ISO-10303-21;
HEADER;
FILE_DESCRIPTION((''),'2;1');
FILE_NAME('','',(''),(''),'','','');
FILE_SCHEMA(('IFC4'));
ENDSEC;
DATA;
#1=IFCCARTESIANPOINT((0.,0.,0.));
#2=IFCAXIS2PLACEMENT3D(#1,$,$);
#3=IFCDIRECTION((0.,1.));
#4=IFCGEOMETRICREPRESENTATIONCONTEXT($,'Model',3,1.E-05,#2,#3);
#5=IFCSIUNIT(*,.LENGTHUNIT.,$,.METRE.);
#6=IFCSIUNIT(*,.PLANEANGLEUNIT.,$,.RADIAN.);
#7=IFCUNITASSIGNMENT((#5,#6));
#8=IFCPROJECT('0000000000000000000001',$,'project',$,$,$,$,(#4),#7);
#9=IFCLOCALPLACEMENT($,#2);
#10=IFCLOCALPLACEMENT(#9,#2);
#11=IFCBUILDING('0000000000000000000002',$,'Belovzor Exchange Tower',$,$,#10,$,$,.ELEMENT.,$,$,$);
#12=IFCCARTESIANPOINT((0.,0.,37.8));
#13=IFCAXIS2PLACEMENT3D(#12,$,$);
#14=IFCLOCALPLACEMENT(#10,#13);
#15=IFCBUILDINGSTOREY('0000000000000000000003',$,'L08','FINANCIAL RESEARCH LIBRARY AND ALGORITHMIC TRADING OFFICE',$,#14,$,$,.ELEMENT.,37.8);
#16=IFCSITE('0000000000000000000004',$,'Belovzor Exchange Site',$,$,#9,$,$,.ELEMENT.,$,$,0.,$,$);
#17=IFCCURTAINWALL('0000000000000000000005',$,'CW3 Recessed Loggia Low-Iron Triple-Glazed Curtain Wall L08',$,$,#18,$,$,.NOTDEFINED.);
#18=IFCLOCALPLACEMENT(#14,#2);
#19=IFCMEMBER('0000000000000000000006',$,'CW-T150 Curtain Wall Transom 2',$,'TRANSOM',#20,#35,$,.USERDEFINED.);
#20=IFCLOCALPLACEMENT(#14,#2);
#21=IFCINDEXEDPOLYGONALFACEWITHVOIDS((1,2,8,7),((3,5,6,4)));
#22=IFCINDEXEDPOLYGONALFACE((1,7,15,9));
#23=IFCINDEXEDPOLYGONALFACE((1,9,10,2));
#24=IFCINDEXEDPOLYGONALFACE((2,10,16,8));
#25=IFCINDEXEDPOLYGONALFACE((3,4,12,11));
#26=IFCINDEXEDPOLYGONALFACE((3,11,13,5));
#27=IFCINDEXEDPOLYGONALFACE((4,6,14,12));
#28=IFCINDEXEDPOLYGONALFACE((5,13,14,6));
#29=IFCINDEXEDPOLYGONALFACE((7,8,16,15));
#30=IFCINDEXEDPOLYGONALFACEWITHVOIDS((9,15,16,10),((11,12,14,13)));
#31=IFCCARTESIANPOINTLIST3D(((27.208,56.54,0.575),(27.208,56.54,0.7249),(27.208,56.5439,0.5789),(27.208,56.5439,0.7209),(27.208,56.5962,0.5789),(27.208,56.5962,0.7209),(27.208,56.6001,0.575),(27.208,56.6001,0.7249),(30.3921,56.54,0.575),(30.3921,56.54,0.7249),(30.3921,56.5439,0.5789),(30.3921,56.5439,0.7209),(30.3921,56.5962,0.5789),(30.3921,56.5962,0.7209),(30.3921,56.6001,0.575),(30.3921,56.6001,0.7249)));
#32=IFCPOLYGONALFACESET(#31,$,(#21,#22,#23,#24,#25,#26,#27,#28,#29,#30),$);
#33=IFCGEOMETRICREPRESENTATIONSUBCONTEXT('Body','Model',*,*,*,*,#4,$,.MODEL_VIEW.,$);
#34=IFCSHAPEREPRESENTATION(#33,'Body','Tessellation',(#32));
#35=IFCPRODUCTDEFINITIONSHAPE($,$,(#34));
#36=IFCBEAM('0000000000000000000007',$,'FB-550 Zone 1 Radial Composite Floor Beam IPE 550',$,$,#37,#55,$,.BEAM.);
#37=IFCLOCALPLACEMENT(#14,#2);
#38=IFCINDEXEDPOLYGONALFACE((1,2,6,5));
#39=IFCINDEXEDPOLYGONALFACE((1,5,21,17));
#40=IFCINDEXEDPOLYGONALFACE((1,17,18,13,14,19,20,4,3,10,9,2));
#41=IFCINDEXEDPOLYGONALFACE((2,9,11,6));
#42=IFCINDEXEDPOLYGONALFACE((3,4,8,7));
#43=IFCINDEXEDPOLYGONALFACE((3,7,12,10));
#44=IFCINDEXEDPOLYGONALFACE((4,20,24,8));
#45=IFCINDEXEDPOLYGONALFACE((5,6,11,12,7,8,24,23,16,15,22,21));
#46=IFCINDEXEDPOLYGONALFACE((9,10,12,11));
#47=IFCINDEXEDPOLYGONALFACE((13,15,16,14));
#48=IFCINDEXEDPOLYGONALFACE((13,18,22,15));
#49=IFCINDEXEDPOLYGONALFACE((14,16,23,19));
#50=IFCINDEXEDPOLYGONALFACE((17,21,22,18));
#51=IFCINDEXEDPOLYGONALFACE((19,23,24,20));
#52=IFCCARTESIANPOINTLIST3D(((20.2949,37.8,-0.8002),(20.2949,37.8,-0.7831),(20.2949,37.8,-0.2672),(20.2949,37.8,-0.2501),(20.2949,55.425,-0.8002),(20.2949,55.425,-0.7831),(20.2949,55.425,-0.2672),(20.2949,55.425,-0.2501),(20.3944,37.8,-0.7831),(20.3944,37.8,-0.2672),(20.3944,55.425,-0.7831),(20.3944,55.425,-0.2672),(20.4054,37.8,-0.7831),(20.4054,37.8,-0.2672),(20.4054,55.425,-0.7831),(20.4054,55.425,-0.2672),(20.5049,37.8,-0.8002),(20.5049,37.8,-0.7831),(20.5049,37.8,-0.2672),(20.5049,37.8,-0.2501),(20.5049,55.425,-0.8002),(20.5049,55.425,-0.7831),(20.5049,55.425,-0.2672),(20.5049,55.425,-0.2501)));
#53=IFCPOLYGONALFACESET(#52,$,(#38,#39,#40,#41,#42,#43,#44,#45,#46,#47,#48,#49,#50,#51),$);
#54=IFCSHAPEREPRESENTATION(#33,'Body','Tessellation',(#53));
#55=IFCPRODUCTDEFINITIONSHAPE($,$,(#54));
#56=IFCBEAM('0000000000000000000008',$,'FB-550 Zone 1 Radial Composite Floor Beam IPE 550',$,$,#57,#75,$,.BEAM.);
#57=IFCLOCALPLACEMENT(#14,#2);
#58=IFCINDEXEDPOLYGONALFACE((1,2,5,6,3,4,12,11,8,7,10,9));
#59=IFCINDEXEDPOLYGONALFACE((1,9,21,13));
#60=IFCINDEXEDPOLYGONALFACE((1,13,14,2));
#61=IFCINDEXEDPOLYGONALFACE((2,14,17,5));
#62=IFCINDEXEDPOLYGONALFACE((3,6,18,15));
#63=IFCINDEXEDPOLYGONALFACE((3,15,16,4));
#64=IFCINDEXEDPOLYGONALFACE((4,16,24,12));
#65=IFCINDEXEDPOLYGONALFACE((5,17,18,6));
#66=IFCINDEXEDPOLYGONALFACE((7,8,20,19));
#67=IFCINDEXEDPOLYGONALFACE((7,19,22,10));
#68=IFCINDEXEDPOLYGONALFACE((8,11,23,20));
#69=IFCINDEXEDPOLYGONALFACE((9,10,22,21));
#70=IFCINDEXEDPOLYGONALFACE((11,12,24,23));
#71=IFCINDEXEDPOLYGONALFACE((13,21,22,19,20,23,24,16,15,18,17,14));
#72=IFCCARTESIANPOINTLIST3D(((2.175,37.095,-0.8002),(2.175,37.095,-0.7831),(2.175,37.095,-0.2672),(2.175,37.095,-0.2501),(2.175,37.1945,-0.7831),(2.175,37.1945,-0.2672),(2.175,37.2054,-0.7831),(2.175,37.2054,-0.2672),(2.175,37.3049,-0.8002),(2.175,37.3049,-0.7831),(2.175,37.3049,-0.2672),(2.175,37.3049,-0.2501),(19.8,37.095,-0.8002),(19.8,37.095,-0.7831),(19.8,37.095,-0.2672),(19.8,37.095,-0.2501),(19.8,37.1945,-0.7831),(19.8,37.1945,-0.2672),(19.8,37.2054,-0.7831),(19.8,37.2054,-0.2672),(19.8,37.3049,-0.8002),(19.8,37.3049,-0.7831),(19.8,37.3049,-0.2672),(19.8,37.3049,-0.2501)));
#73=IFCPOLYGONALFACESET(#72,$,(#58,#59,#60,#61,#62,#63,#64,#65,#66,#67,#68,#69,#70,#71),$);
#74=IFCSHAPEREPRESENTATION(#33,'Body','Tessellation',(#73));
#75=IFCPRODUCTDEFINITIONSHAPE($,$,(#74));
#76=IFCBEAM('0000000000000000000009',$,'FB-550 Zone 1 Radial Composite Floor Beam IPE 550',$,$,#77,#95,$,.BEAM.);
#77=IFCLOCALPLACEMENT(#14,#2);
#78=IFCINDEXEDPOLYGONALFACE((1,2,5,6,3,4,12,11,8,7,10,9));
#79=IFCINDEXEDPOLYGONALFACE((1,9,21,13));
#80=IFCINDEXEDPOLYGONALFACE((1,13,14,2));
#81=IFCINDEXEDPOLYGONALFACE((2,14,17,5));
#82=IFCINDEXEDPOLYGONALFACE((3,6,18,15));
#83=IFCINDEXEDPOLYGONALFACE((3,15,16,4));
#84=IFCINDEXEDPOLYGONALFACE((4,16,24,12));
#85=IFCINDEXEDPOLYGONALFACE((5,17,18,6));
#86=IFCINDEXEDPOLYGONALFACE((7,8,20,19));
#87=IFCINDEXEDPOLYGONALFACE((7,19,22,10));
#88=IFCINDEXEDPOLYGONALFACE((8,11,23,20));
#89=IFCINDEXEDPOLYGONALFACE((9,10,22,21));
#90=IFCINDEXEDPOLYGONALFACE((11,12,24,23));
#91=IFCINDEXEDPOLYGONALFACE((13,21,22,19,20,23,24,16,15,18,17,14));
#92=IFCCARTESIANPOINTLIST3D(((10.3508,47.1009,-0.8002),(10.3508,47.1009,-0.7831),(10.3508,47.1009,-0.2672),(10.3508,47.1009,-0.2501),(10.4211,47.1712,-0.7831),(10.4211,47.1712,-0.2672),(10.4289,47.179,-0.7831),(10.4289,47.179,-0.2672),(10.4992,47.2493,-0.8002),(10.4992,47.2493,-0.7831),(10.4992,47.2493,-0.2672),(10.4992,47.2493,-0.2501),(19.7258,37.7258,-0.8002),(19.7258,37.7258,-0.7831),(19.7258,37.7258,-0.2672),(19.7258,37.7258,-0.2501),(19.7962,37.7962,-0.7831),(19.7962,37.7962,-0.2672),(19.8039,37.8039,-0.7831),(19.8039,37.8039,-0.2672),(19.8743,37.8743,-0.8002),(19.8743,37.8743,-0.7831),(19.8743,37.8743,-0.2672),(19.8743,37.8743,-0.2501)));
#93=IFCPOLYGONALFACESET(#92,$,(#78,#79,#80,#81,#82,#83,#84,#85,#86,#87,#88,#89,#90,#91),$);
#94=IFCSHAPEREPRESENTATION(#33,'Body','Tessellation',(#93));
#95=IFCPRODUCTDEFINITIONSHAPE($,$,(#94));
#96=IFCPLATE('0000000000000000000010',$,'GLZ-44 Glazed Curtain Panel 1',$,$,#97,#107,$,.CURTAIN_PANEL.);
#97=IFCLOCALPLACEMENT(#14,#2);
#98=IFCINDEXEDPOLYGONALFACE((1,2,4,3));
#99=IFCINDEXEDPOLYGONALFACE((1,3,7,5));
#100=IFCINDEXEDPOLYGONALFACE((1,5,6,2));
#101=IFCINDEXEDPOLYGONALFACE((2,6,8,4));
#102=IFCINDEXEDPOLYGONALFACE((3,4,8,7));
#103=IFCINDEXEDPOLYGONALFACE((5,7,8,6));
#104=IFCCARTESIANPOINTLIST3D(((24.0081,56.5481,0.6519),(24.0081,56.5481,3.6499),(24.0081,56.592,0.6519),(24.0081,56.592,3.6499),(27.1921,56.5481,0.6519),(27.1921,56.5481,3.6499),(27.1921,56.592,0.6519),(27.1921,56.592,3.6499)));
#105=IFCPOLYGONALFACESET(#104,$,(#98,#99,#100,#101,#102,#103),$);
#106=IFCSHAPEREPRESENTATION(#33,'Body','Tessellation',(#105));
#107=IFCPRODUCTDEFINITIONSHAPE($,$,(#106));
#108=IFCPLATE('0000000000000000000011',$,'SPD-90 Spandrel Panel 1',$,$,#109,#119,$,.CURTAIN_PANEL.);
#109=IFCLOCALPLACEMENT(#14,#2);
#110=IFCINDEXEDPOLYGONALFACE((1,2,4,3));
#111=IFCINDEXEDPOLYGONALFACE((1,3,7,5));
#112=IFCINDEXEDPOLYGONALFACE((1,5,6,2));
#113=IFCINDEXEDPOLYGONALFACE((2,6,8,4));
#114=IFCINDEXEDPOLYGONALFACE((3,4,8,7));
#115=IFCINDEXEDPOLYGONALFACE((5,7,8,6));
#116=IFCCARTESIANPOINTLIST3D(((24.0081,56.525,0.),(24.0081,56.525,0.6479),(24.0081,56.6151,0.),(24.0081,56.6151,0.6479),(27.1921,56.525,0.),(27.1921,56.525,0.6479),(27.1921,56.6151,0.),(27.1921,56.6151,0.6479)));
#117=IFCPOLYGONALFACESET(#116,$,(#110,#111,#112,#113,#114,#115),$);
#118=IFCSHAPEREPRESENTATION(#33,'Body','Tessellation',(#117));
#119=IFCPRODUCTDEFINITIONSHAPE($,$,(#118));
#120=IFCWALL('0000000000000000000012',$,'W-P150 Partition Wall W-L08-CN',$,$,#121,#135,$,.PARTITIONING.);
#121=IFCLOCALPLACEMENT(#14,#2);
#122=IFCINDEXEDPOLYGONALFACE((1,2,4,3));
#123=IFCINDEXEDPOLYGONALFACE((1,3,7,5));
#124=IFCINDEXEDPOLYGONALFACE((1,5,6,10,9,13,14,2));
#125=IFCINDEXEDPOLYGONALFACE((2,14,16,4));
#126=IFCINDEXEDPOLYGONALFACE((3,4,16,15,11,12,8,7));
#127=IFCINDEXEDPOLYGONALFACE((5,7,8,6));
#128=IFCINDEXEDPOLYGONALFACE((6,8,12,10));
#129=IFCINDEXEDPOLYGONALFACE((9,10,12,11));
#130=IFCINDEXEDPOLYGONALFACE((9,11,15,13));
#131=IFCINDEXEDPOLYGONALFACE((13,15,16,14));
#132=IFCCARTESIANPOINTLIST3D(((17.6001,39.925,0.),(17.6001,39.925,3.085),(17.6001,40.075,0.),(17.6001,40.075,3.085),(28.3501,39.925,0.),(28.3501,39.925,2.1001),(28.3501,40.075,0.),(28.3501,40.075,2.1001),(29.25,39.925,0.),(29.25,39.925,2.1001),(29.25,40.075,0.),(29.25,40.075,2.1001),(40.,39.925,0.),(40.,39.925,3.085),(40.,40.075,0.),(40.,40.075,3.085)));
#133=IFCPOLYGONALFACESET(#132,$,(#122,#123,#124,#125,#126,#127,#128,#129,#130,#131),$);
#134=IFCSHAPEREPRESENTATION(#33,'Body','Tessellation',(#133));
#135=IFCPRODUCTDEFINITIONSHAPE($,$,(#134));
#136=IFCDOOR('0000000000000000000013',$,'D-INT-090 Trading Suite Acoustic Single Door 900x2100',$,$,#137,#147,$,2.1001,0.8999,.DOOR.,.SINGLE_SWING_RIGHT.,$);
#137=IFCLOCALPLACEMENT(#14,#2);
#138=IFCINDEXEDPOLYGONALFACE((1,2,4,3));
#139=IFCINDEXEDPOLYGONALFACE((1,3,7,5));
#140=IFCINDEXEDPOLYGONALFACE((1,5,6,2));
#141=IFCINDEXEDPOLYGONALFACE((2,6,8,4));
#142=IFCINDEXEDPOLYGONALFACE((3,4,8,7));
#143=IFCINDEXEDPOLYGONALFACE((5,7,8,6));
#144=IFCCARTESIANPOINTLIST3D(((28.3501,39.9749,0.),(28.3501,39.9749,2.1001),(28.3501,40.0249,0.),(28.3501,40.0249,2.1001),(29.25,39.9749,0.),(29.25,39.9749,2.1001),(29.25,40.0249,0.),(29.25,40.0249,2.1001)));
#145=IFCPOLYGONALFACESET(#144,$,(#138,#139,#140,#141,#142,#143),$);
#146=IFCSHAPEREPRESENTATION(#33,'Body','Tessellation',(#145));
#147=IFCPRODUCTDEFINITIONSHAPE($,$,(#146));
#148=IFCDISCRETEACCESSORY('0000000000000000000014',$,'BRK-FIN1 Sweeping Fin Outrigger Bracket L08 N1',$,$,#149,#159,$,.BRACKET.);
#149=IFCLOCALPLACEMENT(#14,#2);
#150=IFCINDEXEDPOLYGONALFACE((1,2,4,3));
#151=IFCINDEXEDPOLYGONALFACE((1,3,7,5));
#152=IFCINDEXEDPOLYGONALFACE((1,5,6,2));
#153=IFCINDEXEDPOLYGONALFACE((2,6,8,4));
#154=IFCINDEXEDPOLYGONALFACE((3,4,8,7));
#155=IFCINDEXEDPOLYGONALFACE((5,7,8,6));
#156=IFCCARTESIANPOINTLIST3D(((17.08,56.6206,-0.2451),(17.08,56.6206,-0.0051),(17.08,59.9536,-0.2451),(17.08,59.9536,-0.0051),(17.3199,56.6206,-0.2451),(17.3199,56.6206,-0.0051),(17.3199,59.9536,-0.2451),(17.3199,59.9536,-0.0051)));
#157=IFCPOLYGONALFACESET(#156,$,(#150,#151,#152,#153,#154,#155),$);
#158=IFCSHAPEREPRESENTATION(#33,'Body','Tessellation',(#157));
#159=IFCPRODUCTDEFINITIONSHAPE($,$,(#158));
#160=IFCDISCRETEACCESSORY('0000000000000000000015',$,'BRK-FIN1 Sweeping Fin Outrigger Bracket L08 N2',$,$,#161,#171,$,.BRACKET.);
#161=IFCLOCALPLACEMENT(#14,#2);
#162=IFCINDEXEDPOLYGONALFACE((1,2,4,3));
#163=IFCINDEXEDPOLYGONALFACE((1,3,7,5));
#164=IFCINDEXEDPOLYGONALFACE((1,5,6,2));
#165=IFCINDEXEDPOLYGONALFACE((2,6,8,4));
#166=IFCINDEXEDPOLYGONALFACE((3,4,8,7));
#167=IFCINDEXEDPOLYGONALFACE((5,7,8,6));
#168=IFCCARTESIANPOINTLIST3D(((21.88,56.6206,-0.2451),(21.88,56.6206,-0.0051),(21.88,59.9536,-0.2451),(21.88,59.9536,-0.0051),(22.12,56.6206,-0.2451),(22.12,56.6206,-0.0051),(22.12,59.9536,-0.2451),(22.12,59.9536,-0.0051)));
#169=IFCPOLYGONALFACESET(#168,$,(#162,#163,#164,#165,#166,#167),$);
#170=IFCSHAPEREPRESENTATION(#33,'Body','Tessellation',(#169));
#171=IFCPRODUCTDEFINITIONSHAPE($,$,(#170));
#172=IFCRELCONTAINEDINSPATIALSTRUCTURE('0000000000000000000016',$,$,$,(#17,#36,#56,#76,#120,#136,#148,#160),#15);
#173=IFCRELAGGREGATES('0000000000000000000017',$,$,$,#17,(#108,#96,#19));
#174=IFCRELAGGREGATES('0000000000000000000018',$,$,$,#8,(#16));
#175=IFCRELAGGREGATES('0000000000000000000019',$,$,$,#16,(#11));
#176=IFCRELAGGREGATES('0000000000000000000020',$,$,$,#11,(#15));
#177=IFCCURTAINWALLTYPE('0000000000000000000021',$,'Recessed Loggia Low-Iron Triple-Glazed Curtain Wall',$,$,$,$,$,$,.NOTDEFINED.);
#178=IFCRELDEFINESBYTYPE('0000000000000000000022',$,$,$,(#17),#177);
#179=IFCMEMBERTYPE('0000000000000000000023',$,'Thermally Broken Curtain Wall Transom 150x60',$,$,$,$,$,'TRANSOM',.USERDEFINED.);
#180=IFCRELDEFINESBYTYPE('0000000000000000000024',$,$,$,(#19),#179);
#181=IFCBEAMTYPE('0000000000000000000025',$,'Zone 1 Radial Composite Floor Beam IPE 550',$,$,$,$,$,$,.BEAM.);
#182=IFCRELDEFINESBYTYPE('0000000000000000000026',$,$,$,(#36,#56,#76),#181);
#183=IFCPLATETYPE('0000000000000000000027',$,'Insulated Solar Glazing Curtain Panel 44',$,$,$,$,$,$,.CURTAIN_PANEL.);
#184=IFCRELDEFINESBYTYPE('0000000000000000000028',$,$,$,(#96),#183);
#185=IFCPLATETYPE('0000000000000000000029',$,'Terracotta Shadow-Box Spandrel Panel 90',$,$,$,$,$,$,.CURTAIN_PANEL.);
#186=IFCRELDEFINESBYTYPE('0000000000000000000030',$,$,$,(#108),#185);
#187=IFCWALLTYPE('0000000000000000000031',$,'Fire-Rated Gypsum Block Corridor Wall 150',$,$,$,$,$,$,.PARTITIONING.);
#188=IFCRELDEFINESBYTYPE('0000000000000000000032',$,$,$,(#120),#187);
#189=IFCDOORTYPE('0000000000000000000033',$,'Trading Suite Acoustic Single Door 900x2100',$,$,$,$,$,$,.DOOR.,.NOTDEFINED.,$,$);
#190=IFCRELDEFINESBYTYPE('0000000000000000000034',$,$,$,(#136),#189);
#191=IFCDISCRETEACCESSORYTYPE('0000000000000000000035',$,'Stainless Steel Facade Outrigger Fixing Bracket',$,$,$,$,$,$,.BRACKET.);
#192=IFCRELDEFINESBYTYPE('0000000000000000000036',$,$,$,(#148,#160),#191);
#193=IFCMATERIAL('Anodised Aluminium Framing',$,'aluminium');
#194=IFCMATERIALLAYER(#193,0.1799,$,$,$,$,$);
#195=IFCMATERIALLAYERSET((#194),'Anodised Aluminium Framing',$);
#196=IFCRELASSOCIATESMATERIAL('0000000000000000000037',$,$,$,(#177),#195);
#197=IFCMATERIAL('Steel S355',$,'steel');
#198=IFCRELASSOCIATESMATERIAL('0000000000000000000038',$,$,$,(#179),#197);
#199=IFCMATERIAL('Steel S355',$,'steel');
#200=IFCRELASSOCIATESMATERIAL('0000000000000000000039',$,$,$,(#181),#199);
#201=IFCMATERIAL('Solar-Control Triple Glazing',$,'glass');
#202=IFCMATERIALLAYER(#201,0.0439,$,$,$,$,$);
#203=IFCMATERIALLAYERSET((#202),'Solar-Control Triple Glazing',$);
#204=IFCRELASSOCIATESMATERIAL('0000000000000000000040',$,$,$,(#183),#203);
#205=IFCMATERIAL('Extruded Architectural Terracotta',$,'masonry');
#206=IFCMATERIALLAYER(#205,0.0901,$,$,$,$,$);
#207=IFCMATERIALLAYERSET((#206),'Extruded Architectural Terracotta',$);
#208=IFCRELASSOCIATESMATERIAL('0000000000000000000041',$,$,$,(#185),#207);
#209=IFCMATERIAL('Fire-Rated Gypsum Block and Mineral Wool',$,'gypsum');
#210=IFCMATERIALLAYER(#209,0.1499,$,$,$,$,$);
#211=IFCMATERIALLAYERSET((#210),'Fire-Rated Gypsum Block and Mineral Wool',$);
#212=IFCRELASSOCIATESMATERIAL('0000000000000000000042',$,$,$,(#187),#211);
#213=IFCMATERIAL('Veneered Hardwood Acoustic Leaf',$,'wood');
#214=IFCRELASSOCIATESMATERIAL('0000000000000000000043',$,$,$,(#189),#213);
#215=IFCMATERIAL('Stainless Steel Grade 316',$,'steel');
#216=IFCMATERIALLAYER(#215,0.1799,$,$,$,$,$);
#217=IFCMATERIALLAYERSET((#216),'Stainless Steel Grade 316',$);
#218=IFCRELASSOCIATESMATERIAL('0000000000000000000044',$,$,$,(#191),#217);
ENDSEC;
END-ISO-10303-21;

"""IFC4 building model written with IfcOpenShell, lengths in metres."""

from ifc_helpers import new_model, si_unit, direction, frame, frame_2d, origin, origin_2d, place, context, subcontext, project, spatial, rectangle, hollow_rectangle, i_section, extrude, material, layer, layer_set, material_profile, profile_set, type_object, element, fill, aggregate, save


model = new_model("IFC4")

# Units and contexts
model_context = context("Model", 3, precision=1e-05, world=origin(), true_north=direction((0.0, 1.0)))
body_context = subcontext(model_context, "Body", "Model", "MODEL_VIEW")
ifc_project = project(units=[si_unit("LENGTHUNIT", "METRE"), si_unit("PLANEANGLEUNIT", "RADIAN")], contexts=[model_context])

# Site, building, storey
site_placement = place(None, origin())
site = spatial("IfcSite", under=ifc_project, at=site_placement, Name="Belovzor Exchange Site", CompositionType="ELEMENT", RefElevation=0.0)
building_placement = place(site_placement, origin())
building = spatial("IfcBuilding", under=site, at=building_placement, Name="Belovzor Exchange Tower", CompositionType="ELEMENT")
storey_placement = place(building_placement, frame((0.0, 0.0, 37.8)))
storey = spatial("IfcBuildingStorey", under=building, at=storey_placement, Name="L08", Description="FINANCIAL RESEARCH LIBRARY AND ALGORITHMIC TRADING OFFICE", CompositionType="ELEMENT", Elevation=37.8)

# Curtain wall, member
ifc_material_1 = material(Name="Anodised Aluminium Framing", Category="aluminium")
ifc_layer_1 = layer(ifc_material_1, 0.1799)
ifc_layer_set_1 = layer_set([ifc_layer_1], Name="Anodised Aluminium Framing")
curtain_wall_type = type_object("IfcCurtainWallType", Name="Recessed Loggia Low-Iron Triple-Glazed Curtain Wall", PredefinedType="NOTDEFINED", material=ifc_layer_set_1)
curtain_wall_placement = place(storey_placement, origin())
curtain_wall = element("IfcCurtainWall", 1, at=curtain_wall_placement, inside=storey, type_object=curtain_wall_type, Name="CW3 Recessed Loggia Low-Iron Triple-Glazed Curtain Wall L08", PredefinedType="NOTDEFINED")
ifc_material_2 = material(Name="Steel S355", Category="steel")
ifc_material_profile_1 = material_profile(ifc_material_2, hollow_rectangle(XDim=0.0601, YDim=0.1499, WallThickness=0.0039, at=origin_2d()))
ifc_profile_set_1 = profile_set([ifc_material_profile_1], Name="Steel S355")
member_type_1 = type_object("IfcMemberType", Name="Thermally Broken Curtain Wall Transom 150x60", ElementType="TRANSOM", PredefinedType="USERDEFINED", material=ifc_profile_set_1)
member_1_placement = place(storey_placement, frame((27.208, 56.5701, 0.6499), z_axis=(1.0, 0.0, 0.0), x_axis=(0.0, 1.0, 0.0)))
member_1 = element("IfcMember", 2, at=member_1_placement, type_object=member_type_1, Name="CW-T150 Curtain Wall Transom 2", ObjectType="TRANSOM", PredefinedType="USERDEFINED", context=body_context, shape_type="SweptSolid", body=[
    extrude(hollow_rectangle(XDim=0.0601, YDim=0.1499, WallThickness=0.0039, at=origin_2d()), origin(), (0.0, 0.0, 1.0), 3.1841),
])

# Beams
ifc_material_3 = material(Name="Steel S355", Category="steel")
ifc_material_profile_2 = material_profile(ifc_material_3, i_section(OverallWidth=0.21, OverallDepth=0.55, WebThickness=0.011, FlangeThickness=0.0171, at=origin_2d()))
ifc_profile_set_2 = profile_set([ifc_material_profile_2], Name="Steel S355")
beam_type_1 = type_object("IfcBeamType", Name="Zone 1 Radial Composite Floor Beam IPE 550", PredefinedType="BEAM", material=ifc_profile_set_2)
for number, where, z_axis, x_axis, name in (
    (3, (20.3999, 37.8, -0.5251), (0.0, 1.0, 0.0), (-1.0, 0.0, 0.0), "FB-550 Zone 1 Radial Composite Floor Beam IPE 550"),
    (4, (19.8, 37.2, -0.5251), (-1.0, 0.0, 0.0), (0.0, -1.0, 0.0), "FB-550 Zone 1 Radial Composite Floor Beam IPE 550"),
):
    element("IfcBeam", number, at=place(storey_placement, frame(where, z_axis=z_axis, x_axis=x_axis)), inside=storey, type_object=beam_type_1, Name=name, PredefinedType="BEAM", context=body_context, shape_type="SweptSolid", body=[
        extrude(i_section(OverallWidth=0.21, OverallDepth=0.55, WebThickness=0.011, FlangeThickness=0.0171, at=origin_2d()), origin(), (0.0, 0.0, 1.0), 17.625),
    ])
beam_1_placement = place(storey_placement, frame((19.8, 37.8, -0.5251), z_axis=(-0.707107, 0.707107, 0.0), x_axis=(-0.707107, -0.707107, 0.0)))
element("IfcBeam", 5, at=beam_1_placement, inside=storey, type_object=beam_type_1, Name="FB-550 Zone 1 Radial Composite Floor Beam IPE 550", PredefinedType="BEAM", context=body_context, shape_type="SweptSolid", body=[
    extrude(i_section(OverallWidth=0.21, OverallDepth=0.55, WebThickness=0.011, FlangeThickness=0.0171, at=origin_2d()), origin(), (0.0, 0.0, 1.0), 13.2583),
])

# Plates
ifc_material_4 = material(Name="Solar-Control Triple Glazing", Category="glass")
ifc_layer_2 = layer(ifc_material_4, 0.0439)
ifc_layer_set_2 = layer_set([ifc_layer_2], Name="Solar-Control Triple Glazing")
plate_type_1 = type_object("IfcPlateType", Name="Insulated Solar Glazing Curtain Panel 44", PredefinedType="CURTAIN_PANEL", material=ifc_layer_set_2)
plate_1_placement = place(storey_placement, frame((25.6001, 56.5701, 0.6519), z_axis=(0.0, 0.0, 1.0), x_axis=(1.0, 0.0, 0.0)))
plate_1 = element("IfcPlate", 6, at=plate_1_placement, type_object=plate_type_1, Name="GLZ-44 Glazed Curtain Panel 1", PredefinedType="CURTAIN_PANEL", context=body_context, shape_type="SweptSolid", body=[
    extrude(rectangle(XDim=3.1841, YDim=0.0439, at=origin_2d()), origin(), (0.0, 0.0, 1.0), 2.998),
])
ifc_material_5 = material(Name="Extruded Architectural Terracotta", Category="masonry")
ifc_layer_3 = layer(ifc_material_5, 0.0901)
ifc_layer_set_3 = layer_set([ifc_layer_3], Name="Extruded Architectural Terracotta")
plate_type_2 = type_object("IfcPlateType", Name="Terracotta Shadow-Box Spandrel Panel 90", PredefinedType="CURTAIN_PANEL", material=ifc_layer_set_3)
plate_2_placement = place(storey_placement, frame((25.6001, 56.5701, 0.0), z_axis=(0.0, 0.0, 1.0), x_axis=(1.0, 0.0, 0.0)))
plate_2 = element("IfcPlate", 7, at=plate_2_placement, type_object=plate_type_2, Name="SPD-90 Spandrel Panel 1", PredefinedType="CURTAIN_PANEL", context=body_context, shape_type="SweptSolid", body=[
    extrude(rectangle(XDim=3.1841, YDim=0.0901, at=origin_2d()), origin(), (0.0, 0.0, 1.0), 0.6479),
])
aggregate(curtain_wall, [plate_2, plate_1, member_1])

# Wall, opening, door
ifc_material_6 = material(Name="Fire-Rated Gypsum Block and Mineral Wool", Category="gypsum")
ifc_layer_4 = layer(ifc_material_6, 0.1499)
ifc_layer_set_4 = layer_set([ifc_layer_4], Name="Fire-Rated Gypsum Block and Mineral Wool")
wall_type_1 = type_object("IfcWallType", Name="Fire-Rated Gypsum Block Corridor Wall 150", PredefinedType="PARTITIONING", material=ifc_layer_set_4)
wall_1_placement = place(storey_placement, frame((17.6001, 40.0, 0.0), z_axis=(0.0, 0.0, 1.0), x_axis=(1.0, 0.0, 0.0)))
wall_1 = element("IfcWall", 8, at=wall_1_placement, inside=storey, type_object=wall_type_1, Name="W-P150 Partition Wall W-L08-CN", PredefinedType="PARTITIONING", context=body_context, shape_type="SweptSolid", body=[
    extrude(rectangle(XDim=22.3999, YDim=0.1499, at=frame_2d((11.2, 0.0))), origin(), (0.0, 0.0, 1.0), 3.085),
])
opening_1_placement = place(wall_1_placement, frame((10.75, 0.0, 0.0)))
opening_1 = element("IfcOpeningElement", 9, at=opening_1_placement, cuts=wall_1, PredefinedType="OPENING", context=body_context, shape_type="SweptSolid", body=[
    extrude(rectangle(XDim=0.8999, YDim=2.1001, at=frame_2d((0.45, 1.05))), frame((0.0, 0.085, 0.0), z_axis=(0.0, -1.0, 0.0), x_axis=(1.0, 0.0, 0.0)), (0.0, 0.0, 1.0), 0.1699),
])
ifc_material_7 = material(Name="Veneered Hardwood Acoustic Leaf", Category="wood")
door_type_1 = type_object("IfcDoorType", Name="Trading Suite Acoustic Single Door 900x2100", OperationType="NOTDEFINED", PredefinedType="DOOR", material=ifc_material_7)
door_1_placement = place(opening_1_placement, origin())
door_1 = element("IfcDoor", 10, at=door_1_placement, inside=storey, type_object=door_type_1, Name="D-INT-090 Trading Suite Acoustic Single Door 900x2100", OperationType="SINGLE_SWING_RIGHT", OverallHeight=2.1001, OverallWidth=0.8999, PredefinedType="DOOR", context=body_context, shape_type="SweptSolid", body=[
    extrude(rectangle(XDim=0.8999, YDim=2.1001, at=frame_2d((0.45, 1.05))), frame((0.0, 0.0249, 0.0), z_axis=(0.0, -1.0, 0.0), x_axis=(1.0, 0.0, 0.0)), (0.0, 0.0, 1.0), 0.05),
])
fill(opening_1, door_1)

# Discrete accessories
ifc_material_8 = material(Name="Stainless Steel Grade 316", Category="steel")
ifc_layer_5 = layer(ifc_material_8, 0.1799)
ifc_layer_set_5 = layer_set([ifc_layer_5], Name="Stainless Steel Grade 316")
discrete_accessory_type = type_object("IfcDiscreteAccessoryType", Name="Stainless Steel Facade Outrigger Fixing Bracket", PredefinedType="BRACKET", material=ifc_layer_set_5)
for number, where, z_axis, x_axis, name in (
    (11, (17.2, 58.2871, -0.2451), (0.0, 0.0, 1.0), (0.0, 1.0, 0.0), "BRK-FIN1 Sweeping Fin Outrigger Bracket L08 N1"),
    (12, (22.0, 58.2871, -0.2451), (0.0, 0.0, 1.0), (0.0, 1.0, 0.0), "BRK-FIN1 Sweeping Fin Outrigger Bracket L08 N2"),
):
    element("IfcDiscreteAccessory", number, at=place(storey_placement, frame(where, z_axis=z_axis, x_axis=x_axis)), inside=storey, type_object=discrete_accessory_type, Name=name, PredefinedType="BRACKET", context=body_context, shape_type="SweptSolid", body=[
        extrude(rectangle(XDim=3.333, YDim=0.24, at=origin_2d()), origin(), (0.0, 0.0, 1.0), 0.24),
    ])

save(model, "model.ifc")
